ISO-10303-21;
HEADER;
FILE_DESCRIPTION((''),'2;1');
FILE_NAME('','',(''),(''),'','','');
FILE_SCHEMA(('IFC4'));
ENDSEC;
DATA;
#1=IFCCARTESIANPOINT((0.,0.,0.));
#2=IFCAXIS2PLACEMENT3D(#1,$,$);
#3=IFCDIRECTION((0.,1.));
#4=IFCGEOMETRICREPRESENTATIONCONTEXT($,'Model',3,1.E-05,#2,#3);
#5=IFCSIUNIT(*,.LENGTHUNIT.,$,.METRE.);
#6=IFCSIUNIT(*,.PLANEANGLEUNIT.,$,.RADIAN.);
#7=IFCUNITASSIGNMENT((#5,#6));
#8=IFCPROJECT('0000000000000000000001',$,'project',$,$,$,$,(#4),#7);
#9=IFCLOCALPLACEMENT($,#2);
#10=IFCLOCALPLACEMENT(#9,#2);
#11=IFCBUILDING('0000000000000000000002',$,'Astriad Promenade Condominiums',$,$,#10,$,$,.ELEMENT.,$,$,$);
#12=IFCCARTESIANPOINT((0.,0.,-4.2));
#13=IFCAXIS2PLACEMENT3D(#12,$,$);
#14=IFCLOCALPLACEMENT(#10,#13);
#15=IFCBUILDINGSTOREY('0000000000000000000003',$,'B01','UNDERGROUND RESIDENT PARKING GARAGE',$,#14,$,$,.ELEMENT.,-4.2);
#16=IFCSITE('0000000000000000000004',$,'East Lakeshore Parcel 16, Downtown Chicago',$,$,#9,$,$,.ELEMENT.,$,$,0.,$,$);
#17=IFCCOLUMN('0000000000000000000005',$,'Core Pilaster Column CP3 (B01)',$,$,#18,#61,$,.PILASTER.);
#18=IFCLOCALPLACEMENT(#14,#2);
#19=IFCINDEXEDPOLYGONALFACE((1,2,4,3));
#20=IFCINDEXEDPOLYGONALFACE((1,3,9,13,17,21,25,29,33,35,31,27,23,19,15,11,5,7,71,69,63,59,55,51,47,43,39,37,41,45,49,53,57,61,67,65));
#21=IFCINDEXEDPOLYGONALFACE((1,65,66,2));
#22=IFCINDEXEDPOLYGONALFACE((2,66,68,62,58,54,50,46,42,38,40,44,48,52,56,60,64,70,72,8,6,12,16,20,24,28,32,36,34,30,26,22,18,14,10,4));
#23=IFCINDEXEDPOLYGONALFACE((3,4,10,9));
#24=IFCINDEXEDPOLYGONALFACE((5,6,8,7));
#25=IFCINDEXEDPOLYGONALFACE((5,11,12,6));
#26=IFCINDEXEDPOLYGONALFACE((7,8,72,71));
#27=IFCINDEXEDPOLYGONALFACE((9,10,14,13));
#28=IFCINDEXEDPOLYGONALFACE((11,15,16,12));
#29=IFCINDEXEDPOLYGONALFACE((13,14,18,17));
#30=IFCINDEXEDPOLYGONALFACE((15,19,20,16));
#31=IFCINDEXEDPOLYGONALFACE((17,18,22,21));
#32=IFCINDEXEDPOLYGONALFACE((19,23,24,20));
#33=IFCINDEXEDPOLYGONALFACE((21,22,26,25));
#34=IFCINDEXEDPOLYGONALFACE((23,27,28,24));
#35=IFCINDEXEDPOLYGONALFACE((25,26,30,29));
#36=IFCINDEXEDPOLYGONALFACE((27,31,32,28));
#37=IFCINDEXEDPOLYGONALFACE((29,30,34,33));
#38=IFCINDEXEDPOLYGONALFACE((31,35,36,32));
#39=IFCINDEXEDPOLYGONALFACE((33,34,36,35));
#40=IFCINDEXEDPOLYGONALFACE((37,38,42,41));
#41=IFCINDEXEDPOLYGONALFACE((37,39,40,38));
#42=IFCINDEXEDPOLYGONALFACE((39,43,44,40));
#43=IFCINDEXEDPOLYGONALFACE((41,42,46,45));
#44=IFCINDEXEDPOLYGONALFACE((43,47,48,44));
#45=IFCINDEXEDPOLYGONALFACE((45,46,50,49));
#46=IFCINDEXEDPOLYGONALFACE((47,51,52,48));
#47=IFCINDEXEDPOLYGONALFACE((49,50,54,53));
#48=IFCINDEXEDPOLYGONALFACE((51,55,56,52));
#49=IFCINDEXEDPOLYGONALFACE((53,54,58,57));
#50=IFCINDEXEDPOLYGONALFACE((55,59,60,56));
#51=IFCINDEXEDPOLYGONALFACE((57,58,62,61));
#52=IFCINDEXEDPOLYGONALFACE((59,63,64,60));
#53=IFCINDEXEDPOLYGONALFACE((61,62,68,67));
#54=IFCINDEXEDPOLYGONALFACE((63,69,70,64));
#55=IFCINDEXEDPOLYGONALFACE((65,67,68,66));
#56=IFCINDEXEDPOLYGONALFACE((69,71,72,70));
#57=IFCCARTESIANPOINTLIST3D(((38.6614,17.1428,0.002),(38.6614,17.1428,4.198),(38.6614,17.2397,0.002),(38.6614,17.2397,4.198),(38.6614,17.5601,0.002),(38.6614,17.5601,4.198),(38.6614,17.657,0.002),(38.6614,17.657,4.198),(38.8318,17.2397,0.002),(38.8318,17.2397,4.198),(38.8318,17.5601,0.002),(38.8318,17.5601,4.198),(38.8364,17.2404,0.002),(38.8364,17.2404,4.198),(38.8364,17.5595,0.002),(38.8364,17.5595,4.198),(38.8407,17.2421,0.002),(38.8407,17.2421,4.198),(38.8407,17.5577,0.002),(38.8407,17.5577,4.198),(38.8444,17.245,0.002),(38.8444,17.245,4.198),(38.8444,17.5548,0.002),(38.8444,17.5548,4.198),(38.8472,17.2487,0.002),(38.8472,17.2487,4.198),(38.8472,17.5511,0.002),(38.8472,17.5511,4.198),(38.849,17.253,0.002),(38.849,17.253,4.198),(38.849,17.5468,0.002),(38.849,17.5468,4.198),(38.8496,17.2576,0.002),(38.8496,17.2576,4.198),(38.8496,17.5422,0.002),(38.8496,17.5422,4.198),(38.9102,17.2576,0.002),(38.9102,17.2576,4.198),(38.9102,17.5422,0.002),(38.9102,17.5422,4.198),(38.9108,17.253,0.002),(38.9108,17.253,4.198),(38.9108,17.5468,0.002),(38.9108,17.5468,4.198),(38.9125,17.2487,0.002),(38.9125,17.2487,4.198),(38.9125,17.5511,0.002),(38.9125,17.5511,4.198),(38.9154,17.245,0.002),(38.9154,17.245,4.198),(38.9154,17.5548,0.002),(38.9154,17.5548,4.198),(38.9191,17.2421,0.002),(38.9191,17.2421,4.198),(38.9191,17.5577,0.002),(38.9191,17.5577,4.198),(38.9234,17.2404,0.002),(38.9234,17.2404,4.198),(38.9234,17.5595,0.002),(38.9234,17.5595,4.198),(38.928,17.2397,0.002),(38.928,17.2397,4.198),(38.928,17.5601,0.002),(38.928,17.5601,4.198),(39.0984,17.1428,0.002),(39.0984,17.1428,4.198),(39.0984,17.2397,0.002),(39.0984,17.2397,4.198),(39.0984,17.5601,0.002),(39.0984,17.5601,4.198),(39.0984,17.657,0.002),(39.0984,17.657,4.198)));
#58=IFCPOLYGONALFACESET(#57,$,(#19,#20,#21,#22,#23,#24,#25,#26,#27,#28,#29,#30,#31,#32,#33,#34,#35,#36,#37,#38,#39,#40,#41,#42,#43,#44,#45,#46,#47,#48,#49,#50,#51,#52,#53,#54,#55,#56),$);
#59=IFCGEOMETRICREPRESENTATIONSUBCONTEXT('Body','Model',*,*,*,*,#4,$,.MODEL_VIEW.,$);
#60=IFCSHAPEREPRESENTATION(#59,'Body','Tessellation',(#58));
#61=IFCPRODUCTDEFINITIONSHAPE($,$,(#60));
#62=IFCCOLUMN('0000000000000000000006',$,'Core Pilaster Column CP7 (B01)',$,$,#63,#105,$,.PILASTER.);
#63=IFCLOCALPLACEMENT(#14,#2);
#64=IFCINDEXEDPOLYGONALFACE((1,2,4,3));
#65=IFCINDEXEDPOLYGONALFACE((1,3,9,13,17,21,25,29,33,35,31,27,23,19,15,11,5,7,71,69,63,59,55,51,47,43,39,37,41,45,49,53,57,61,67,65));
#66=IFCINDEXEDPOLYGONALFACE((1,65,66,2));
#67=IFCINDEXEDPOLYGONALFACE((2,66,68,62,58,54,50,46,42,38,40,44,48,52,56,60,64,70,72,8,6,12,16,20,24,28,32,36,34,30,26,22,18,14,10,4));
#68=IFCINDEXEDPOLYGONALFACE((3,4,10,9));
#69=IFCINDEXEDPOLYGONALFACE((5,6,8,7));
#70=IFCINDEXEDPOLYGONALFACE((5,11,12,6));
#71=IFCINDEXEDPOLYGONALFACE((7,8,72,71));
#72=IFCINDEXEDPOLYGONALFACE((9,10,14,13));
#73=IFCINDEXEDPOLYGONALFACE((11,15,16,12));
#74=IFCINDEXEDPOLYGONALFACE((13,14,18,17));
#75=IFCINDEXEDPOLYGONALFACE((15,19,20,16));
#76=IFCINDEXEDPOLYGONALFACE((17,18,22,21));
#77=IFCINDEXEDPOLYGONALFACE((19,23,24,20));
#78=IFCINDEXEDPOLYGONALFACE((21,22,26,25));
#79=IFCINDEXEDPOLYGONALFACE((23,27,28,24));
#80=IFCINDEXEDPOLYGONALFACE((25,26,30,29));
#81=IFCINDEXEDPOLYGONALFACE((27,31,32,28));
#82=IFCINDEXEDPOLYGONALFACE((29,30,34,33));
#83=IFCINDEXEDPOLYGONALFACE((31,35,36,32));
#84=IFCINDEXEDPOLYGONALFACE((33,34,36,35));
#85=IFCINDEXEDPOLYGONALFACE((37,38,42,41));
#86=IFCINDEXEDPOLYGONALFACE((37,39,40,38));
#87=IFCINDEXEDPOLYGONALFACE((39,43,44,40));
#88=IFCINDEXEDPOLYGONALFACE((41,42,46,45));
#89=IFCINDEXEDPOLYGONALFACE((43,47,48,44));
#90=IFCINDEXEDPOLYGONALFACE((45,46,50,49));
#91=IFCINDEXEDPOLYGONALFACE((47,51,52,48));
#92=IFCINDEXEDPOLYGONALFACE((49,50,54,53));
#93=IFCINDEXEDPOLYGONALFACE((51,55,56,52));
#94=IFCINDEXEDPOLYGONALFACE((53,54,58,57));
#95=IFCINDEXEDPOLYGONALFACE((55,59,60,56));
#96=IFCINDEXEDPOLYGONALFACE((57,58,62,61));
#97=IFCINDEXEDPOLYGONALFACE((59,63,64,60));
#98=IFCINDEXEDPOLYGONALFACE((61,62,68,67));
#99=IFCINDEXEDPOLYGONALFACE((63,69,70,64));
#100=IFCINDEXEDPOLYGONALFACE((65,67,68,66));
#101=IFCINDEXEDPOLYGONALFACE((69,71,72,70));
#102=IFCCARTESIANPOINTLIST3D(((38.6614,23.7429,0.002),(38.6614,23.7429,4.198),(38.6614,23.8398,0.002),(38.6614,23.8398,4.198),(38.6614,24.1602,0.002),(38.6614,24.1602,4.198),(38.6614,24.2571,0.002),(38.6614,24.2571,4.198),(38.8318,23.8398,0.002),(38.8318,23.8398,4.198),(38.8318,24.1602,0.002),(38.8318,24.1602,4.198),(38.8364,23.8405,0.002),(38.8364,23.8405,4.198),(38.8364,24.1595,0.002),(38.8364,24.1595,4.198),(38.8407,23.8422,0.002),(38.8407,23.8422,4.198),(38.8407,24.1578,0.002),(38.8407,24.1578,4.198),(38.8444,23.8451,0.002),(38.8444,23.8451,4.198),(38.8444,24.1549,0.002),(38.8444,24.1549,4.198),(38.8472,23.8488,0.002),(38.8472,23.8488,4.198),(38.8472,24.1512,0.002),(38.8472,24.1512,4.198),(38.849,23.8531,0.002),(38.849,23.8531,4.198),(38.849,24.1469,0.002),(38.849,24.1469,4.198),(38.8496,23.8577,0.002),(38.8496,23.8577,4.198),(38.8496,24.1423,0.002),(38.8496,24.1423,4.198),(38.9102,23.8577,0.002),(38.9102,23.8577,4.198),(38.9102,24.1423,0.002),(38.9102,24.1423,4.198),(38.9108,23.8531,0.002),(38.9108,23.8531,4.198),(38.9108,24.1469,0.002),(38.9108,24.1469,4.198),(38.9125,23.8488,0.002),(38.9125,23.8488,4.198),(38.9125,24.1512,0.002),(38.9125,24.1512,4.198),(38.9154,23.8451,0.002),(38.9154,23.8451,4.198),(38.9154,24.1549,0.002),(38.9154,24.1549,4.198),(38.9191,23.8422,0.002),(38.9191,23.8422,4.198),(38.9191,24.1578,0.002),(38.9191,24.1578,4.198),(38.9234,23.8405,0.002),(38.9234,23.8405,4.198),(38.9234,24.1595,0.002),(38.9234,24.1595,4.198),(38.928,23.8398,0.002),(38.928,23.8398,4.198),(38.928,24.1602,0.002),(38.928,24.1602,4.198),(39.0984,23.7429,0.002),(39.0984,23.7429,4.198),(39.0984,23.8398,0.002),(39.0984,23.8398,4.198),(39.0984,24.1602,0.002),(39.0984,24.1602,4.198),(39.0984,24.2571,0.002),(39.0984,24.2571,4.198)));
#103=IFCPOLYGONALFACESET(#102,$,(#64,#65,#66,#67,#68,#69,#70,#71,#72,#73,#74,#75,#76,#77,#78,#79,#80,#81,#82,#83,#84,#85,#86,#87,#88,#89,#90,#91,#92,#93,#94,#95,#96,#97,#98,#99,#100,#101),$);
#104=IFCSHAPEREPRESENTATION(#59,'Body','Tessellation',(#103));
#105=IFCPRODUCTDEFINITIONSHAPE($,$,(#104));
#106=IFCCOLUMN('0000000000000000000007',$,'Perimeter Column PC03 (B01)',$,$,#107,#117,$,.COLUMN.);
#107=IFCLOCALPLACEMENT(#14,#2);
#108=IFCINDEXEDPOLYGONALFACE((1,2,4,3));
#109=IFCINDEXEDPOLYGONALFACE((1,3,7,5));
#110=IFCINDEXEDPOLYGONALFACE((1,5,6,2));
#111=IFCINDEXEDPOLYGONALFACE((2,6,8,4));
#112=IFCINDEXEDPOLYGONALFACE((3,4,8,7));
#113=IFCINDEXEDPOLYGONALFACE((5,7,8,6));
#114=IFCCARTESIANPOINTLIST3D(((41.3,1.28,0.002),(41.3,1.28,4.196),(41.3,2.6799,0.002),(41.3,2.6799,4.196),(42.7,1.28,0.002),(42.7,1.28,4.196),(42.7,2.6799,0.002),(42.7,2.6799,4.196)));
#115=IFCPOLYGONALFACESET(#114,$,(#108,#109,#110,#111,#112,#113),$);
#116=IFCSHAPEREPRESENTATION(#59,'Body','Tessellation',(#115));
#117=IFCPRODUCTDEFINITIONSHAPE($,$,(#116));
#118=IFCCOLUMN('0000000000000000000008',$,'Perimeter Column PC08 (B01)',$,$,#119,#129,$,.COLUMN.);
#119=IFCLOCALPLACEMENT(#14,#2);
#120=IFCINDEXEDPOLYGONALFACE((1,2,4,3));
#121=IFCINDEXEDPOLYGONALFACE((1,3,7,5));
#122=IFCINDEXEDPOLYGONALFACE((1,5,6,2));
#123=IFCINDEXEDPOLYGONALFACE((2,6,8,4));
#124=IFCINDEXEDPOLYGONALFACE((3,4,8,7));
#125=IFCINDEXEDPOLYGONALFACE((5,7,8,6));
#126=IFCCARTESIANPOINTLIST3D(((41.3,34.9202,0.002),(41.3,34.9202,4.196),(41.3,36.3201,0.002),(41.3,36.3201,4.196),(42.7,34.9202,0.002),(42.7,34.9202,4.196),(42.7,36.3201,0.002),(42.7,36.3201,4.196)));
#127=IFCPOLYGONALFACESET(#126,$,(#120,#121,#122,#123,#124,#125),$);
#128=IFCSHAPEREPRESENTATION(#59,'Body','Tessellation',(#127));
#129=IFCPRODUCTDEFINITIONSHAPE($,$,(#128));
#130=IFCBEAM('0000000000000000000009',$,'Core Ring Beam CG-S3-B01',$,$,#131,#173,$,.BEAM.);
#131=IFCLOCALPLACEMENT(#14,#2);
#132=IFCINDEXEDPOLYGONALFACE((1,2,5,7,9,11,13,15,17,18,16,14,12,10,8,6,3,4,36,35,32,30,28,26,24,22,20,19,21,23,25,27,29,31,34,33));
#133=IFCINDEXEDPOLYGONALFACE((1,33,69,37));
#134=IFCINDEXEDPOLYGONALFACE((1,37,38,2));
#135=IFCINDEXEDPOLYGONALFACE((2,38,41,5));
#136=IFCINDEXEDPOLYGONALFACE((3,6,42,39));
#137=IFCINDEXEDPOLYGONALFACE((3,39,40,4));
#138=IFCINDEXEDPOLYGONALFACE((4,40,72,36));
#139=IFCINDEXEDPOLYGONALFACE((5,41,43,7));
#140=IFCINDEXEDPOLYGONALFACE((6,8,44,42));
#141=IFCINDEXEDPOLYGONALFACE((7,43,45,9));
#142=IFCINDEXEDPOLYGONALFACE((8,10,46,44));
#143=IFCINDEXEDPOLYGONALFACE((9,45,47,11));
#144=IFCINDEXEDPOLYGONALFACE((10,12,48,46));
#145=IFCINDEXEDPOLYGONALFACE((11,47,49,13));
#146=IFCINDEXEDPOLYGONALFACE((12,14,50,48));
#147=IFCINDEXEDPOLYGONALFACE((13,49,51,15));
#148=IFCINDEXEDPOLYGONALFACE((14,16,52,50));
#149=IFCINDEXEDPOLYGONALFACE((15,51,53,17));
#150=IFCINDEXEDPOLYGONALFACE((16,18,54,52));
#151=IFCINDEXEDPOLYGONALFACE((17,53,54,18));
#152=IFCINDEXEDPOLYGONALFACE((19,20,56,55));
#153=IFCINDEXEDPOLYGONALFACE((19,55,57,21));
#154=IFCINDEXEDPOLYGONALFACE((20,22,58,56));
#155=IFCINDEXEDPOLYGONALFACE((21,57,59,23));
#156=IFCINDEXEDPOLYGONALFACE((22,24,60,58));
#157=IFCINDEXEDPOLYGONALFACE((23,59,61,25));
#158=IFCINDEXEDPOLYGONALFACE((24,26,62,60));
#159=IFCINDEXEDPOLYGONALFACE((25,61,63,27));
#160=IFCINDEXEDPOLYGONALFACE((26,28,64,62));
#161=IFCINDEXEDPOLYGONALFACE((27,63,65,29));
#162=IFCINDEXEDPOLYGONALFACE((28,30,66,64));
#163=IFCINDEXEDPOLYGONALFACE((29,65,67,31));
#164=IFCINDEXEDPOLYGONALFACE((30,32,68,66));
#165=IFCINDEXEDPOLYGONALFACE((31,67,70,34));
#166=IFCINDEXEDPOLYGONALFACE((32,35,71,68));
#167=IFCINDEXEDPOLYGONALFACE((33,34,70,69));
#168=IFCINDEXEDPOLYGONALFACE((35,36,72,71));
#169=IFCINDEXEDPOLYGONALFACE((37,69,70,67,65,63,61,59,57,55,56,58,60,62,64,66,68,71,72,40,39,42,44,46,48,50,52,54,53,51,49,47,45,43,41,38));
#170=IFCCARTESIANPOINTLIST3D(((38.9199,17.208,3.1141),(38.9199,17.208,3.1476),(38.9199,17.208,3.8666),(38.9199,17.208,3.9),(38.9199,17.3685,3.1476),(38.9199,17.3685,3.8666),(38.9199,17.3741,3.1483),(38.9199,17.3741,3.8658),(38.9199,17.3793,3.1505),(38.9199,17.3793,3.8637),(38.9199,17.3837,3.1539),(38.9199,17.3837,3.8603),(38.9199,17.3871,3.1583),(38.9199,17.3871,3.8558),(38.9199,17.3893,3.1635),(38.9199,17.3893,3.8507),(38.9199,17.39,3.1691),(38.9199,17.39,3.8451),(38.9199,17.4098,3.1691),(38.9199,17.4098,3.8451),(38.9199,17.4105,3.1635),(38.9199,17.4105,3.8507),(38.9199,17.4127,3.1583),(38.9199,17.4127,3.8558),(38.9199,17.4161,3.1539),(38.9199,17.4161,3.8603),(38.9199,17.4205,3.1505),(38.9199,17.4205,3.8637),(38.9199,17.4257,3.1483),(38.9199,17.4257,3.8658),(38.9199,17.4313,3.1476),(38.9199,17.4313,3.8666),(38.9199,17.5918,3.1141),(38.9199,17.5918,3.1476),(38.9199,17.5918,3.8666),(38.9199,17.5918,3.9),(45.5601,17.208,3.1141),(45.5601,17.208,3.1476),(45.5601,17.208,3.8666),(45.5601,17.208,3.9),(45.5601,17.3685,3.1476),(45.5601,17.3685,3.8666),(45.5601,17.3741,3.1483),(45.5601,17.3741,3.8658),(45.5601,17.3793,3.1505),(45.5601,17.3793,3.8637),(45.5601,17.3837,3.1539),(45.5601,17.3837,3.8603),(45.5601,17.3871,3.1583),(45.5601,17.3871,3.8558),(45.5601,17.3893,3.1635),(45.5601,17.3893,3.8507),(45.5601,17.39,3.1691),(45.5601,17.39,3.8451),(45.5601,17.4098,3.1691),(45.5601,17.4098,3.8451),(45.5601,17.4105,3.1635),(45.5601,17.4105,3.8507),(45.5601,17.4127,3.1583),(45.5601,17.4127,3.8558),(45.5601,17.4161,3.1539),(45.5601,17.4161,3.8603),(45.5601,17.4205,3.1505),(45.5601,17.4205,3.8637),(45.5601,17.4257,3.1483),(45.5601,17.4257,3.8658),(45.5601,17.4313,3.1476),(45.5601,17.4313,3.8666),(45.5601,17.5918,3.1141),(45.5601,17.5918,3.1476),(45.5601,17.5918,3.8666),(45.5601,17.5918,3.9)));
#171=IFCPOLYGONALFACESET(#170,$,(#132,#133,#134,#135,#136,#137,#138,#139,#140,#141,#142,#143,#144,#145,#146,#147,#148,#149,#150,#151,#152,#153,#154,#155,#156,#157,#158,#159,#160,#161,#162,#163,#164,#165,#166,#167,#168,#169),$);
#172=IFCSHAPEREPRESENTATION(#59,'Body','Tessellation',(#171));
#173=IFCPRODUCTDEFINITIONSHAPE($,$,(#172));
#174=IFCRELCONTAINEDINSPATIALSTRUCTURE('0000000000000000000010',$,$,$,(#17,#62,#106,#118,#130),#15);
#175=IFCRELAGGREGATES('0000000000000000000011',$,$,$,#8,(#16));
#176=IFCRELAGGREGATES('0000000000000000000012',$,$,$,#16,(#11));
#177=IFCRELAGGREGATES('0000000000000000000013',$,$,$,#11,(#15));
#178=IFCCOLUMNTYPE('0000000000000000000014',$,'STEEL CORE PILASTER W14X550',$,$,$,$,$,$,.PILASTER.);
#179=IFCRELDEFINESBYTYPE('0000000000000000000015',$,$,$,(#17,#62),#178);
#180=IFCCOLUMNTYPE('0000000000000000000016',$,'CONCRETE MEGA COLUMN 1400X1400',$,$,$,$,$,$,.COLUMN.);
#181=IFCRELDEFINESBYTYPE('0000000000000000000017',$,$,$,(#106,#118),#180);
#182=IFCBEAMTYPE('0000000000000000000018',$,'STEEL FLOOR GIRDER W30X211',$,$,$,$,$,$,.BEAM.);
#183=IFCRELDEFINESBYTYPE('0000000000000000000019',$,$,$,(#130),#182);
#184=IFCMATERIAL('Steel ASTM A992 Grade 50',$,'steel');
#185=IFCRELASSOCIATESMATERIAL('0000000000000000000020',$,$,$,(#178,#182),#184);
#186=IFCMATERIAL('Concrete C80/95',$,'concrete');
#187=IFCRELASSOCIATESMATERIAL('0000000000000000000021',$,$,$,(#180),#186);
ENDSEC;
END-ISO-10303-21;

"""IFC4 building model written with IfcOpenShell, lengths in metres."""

from ifc_helpers import new_model, si_unit, direction, frame, origin, origin_2d, place, context, subcontext, project, spatial, rectangle, i_section, extrude, source, transform, mapped, material, material_profile, profile_set, type_object, type_shapes, element, save


model = new_model("IFC4")

# Units and contexts
model_context = context("Model", 3, precision=1e-05, world=origin(), true_north=direction((0.0, 1.0)))
body_context = subcontext(model_context, "Body", "Model", "MODEL_VIEW")
ifc_project = project(units=[si_unit("LENGTHUNIT", "METRE"), si_unit("PLANEANGLEUNIT", "RADIAN")], contexts=[model_context])

# Site, building, storey
site_placement = place(None, origin())
site = spatial("IfcSite", under=ifc_project, at=site_placement, Name="East Lakeshore Parcel 16, Downtown Chicago", CompositionType="ELEMENT", RefElevation=0.0)
building_placement = place(site_placement, origin())
building = spatial("IfcBuilding", under=site, at=building_placement, Name="Astriad Promenade Condominiums", CompositionType="ELEMENT")
storey_placement = place(building_placement, frame((0.0, 0.0, -4.2)))
storey = spatial("IfcBuildingStorey", under=building, at=storey_placement, Name="B01", Description="UNDERGROUND RESIDENT PARKING GARAGE", CompositionType="ELEMENT", Elevation=-4.2)

# Columns
ifc_material_1 = material(Name="Steel ASTM A992 Grade 50", Category="steel")
ifc_material_profile_1 = material_profile(ifc_material_1, i_section(OverallWidth=0.437, OverallDepth=0.5142, WebThickness=0.0605, FlangeThickness=0.0969, FilletRadius=0.0178, at=origin_2d()), Name="W14X550")
ifc_profile_set_1 = profile_set([ifc_material_profile_1], Name="Steel ASTM A992 Grade 50")
column_type_1 = type_object("IfcColumnType", Name="STEEL CORE PILASTER W14X550", PredefinedType="PILASTER", material=ifc_profile_set_1)
shared_shape_1 = source(origin(), body_context, "Body", "SweptSolid", [
    extrude(i_section(OverallWidth=0.437, OverallDepth=0.5142, WebThickness=0.0605, FlangeThickness=0.0969, FilletRadius=0.0178, at=origin_2d()), origin(), (0.0, 0.0, 1.0), 4.196),
])
type_shapes(column_type_1, [shared_shape_1])
for number, where, z_axis, x_axis, name in (
    (1, (38.8799, 17.3999, 0.002), (0.0, 0.0, 1.0), (1.0, 0.0, 0.0), "Core Pilaster Column CP3 (B01)"),
    (2, (38.8799, 24.0, 0.002), (0.0, 0.0, 1.0), (1.0, 0.0, 0.0), "Core Pilaster Column CP7 (B01)"),
):
    element("IfcColumn", number, at=place(storey_placement, frame(where, z_axis=z_axis, x_axis=x_axis)), inside=storey, type_object=column_type_1, Name=name, PredefinedType="PILASTER", context=body_context, shape_type="MappedRepresentation", body=[
        mapped(shared_shape_1, transform((0.0, 0.0, 0.0), scale=1.0)),
    ])
ifc_material_2 = material(Name="Concrete C80/95", Category="concrete")
ifc_material_profile_2 = material_profile(ifc_material_2, rectangle(XDim=1.3999, YDim=1.3999, at=origin_2d()), Name="RC-COL-1400X1400")
ifc_profile_set_2 = profile_set([ifc_material_profile_2], Name="Concrete C80/95")
column_type_2 = type_object("IfcColumnType", Name="CONCRETE MEGA COLUMN 1400X1400", PredefinedType="COLUMN", material=ifc_profile_set_2)
shared_shape_2 = source(origin(), body_context, "Body", "SweptSolid", [
    extrude(rectangle(XDim=1.3999, YDim=1.3999, at=origin_2d()), origin(), (0.0, 0.0, 1.0), 4.1941),
])
type_shapes(column_type_2, [shared_shape_2])
for number, where, z_axis, x_axis, name in (
    (3, (42.0, 1.98, 0.002), (0.0, 0.0, 1.0), (1.0, 0.0, 0.0), "Perimeter Column PC03 (B01)"),
    (4, (42.0, 35.6201, 0.002), (0.0, 0.0, 1.0), (1.0, 0.0, 0.0), "Perimeter Column PC08 (B01)"),
):
    element("IfcColumn", number, at=place(storey_placement, frame(where, z_axis=z_axis, x_axis=x_axis)), inside=storey, type_object=column_type_2, Name=name, PredefinedType="COLUMN", context=body_context, shape_type="MappedRepresentation", body=[
        mapped(shared_shape_2, transform((0.0, 0.0, 0.0), scale=1.0)),
    ])

# Beam
ifc_material_profile_3 = material_profile(ifc_material_1, i_section(OverallWidth=0.3838, OverallDepth=0.7859, WebThickness=0.0198, FlangeThickness=0.0334, FilletRadius=0.0215, at=origin_2d()), Name="W30X211")
ifc_profile_set_3 = profile_set([ifc_material_profile_3], Name="Steel ASTM A992 Grade 50")
beam_type_1 = type_object("IfcBeamType", Name="STEEL FLOOR GIRDER W30X211", PredefinedType="BEAM", material=ifc_profile_set_3)
shared_shape_3 = source(origin(), body_context, "Body", "SweptSolid", [
    extrude(i_section(OverallWidth=0.3838, OverallDepth=0.7859, WebThickness=0.0198, FlangeThickness=0.0334, FilletRadius=0.0215, at=origin_2d()), origin(), (0.0, 0.0, 1.0), 6.6401),
])
type_shapes(beam_type_1, [shared_shape_3])
beam_1_placement = place(storey_placement, frame((38.9199, 17.3999, 3.5071), z_axis=(1.0, 0.0, 0.0), x_axis=(0.0, 1.0, 0.0)))
element("IfcBeam", 5, at=beam_1_placement, inside=storey, type_object=beam_type_1, Name="Core Ring Beam CG-S3-B01", PredefinedType="BEAM", context=body_context, shape_type="MappedRepresentation", body=[
    mapped(shared_shape_3, transform((0.0, 0.0, 0.0), scale=1.0)),
])

save(model, "model.ifc")
